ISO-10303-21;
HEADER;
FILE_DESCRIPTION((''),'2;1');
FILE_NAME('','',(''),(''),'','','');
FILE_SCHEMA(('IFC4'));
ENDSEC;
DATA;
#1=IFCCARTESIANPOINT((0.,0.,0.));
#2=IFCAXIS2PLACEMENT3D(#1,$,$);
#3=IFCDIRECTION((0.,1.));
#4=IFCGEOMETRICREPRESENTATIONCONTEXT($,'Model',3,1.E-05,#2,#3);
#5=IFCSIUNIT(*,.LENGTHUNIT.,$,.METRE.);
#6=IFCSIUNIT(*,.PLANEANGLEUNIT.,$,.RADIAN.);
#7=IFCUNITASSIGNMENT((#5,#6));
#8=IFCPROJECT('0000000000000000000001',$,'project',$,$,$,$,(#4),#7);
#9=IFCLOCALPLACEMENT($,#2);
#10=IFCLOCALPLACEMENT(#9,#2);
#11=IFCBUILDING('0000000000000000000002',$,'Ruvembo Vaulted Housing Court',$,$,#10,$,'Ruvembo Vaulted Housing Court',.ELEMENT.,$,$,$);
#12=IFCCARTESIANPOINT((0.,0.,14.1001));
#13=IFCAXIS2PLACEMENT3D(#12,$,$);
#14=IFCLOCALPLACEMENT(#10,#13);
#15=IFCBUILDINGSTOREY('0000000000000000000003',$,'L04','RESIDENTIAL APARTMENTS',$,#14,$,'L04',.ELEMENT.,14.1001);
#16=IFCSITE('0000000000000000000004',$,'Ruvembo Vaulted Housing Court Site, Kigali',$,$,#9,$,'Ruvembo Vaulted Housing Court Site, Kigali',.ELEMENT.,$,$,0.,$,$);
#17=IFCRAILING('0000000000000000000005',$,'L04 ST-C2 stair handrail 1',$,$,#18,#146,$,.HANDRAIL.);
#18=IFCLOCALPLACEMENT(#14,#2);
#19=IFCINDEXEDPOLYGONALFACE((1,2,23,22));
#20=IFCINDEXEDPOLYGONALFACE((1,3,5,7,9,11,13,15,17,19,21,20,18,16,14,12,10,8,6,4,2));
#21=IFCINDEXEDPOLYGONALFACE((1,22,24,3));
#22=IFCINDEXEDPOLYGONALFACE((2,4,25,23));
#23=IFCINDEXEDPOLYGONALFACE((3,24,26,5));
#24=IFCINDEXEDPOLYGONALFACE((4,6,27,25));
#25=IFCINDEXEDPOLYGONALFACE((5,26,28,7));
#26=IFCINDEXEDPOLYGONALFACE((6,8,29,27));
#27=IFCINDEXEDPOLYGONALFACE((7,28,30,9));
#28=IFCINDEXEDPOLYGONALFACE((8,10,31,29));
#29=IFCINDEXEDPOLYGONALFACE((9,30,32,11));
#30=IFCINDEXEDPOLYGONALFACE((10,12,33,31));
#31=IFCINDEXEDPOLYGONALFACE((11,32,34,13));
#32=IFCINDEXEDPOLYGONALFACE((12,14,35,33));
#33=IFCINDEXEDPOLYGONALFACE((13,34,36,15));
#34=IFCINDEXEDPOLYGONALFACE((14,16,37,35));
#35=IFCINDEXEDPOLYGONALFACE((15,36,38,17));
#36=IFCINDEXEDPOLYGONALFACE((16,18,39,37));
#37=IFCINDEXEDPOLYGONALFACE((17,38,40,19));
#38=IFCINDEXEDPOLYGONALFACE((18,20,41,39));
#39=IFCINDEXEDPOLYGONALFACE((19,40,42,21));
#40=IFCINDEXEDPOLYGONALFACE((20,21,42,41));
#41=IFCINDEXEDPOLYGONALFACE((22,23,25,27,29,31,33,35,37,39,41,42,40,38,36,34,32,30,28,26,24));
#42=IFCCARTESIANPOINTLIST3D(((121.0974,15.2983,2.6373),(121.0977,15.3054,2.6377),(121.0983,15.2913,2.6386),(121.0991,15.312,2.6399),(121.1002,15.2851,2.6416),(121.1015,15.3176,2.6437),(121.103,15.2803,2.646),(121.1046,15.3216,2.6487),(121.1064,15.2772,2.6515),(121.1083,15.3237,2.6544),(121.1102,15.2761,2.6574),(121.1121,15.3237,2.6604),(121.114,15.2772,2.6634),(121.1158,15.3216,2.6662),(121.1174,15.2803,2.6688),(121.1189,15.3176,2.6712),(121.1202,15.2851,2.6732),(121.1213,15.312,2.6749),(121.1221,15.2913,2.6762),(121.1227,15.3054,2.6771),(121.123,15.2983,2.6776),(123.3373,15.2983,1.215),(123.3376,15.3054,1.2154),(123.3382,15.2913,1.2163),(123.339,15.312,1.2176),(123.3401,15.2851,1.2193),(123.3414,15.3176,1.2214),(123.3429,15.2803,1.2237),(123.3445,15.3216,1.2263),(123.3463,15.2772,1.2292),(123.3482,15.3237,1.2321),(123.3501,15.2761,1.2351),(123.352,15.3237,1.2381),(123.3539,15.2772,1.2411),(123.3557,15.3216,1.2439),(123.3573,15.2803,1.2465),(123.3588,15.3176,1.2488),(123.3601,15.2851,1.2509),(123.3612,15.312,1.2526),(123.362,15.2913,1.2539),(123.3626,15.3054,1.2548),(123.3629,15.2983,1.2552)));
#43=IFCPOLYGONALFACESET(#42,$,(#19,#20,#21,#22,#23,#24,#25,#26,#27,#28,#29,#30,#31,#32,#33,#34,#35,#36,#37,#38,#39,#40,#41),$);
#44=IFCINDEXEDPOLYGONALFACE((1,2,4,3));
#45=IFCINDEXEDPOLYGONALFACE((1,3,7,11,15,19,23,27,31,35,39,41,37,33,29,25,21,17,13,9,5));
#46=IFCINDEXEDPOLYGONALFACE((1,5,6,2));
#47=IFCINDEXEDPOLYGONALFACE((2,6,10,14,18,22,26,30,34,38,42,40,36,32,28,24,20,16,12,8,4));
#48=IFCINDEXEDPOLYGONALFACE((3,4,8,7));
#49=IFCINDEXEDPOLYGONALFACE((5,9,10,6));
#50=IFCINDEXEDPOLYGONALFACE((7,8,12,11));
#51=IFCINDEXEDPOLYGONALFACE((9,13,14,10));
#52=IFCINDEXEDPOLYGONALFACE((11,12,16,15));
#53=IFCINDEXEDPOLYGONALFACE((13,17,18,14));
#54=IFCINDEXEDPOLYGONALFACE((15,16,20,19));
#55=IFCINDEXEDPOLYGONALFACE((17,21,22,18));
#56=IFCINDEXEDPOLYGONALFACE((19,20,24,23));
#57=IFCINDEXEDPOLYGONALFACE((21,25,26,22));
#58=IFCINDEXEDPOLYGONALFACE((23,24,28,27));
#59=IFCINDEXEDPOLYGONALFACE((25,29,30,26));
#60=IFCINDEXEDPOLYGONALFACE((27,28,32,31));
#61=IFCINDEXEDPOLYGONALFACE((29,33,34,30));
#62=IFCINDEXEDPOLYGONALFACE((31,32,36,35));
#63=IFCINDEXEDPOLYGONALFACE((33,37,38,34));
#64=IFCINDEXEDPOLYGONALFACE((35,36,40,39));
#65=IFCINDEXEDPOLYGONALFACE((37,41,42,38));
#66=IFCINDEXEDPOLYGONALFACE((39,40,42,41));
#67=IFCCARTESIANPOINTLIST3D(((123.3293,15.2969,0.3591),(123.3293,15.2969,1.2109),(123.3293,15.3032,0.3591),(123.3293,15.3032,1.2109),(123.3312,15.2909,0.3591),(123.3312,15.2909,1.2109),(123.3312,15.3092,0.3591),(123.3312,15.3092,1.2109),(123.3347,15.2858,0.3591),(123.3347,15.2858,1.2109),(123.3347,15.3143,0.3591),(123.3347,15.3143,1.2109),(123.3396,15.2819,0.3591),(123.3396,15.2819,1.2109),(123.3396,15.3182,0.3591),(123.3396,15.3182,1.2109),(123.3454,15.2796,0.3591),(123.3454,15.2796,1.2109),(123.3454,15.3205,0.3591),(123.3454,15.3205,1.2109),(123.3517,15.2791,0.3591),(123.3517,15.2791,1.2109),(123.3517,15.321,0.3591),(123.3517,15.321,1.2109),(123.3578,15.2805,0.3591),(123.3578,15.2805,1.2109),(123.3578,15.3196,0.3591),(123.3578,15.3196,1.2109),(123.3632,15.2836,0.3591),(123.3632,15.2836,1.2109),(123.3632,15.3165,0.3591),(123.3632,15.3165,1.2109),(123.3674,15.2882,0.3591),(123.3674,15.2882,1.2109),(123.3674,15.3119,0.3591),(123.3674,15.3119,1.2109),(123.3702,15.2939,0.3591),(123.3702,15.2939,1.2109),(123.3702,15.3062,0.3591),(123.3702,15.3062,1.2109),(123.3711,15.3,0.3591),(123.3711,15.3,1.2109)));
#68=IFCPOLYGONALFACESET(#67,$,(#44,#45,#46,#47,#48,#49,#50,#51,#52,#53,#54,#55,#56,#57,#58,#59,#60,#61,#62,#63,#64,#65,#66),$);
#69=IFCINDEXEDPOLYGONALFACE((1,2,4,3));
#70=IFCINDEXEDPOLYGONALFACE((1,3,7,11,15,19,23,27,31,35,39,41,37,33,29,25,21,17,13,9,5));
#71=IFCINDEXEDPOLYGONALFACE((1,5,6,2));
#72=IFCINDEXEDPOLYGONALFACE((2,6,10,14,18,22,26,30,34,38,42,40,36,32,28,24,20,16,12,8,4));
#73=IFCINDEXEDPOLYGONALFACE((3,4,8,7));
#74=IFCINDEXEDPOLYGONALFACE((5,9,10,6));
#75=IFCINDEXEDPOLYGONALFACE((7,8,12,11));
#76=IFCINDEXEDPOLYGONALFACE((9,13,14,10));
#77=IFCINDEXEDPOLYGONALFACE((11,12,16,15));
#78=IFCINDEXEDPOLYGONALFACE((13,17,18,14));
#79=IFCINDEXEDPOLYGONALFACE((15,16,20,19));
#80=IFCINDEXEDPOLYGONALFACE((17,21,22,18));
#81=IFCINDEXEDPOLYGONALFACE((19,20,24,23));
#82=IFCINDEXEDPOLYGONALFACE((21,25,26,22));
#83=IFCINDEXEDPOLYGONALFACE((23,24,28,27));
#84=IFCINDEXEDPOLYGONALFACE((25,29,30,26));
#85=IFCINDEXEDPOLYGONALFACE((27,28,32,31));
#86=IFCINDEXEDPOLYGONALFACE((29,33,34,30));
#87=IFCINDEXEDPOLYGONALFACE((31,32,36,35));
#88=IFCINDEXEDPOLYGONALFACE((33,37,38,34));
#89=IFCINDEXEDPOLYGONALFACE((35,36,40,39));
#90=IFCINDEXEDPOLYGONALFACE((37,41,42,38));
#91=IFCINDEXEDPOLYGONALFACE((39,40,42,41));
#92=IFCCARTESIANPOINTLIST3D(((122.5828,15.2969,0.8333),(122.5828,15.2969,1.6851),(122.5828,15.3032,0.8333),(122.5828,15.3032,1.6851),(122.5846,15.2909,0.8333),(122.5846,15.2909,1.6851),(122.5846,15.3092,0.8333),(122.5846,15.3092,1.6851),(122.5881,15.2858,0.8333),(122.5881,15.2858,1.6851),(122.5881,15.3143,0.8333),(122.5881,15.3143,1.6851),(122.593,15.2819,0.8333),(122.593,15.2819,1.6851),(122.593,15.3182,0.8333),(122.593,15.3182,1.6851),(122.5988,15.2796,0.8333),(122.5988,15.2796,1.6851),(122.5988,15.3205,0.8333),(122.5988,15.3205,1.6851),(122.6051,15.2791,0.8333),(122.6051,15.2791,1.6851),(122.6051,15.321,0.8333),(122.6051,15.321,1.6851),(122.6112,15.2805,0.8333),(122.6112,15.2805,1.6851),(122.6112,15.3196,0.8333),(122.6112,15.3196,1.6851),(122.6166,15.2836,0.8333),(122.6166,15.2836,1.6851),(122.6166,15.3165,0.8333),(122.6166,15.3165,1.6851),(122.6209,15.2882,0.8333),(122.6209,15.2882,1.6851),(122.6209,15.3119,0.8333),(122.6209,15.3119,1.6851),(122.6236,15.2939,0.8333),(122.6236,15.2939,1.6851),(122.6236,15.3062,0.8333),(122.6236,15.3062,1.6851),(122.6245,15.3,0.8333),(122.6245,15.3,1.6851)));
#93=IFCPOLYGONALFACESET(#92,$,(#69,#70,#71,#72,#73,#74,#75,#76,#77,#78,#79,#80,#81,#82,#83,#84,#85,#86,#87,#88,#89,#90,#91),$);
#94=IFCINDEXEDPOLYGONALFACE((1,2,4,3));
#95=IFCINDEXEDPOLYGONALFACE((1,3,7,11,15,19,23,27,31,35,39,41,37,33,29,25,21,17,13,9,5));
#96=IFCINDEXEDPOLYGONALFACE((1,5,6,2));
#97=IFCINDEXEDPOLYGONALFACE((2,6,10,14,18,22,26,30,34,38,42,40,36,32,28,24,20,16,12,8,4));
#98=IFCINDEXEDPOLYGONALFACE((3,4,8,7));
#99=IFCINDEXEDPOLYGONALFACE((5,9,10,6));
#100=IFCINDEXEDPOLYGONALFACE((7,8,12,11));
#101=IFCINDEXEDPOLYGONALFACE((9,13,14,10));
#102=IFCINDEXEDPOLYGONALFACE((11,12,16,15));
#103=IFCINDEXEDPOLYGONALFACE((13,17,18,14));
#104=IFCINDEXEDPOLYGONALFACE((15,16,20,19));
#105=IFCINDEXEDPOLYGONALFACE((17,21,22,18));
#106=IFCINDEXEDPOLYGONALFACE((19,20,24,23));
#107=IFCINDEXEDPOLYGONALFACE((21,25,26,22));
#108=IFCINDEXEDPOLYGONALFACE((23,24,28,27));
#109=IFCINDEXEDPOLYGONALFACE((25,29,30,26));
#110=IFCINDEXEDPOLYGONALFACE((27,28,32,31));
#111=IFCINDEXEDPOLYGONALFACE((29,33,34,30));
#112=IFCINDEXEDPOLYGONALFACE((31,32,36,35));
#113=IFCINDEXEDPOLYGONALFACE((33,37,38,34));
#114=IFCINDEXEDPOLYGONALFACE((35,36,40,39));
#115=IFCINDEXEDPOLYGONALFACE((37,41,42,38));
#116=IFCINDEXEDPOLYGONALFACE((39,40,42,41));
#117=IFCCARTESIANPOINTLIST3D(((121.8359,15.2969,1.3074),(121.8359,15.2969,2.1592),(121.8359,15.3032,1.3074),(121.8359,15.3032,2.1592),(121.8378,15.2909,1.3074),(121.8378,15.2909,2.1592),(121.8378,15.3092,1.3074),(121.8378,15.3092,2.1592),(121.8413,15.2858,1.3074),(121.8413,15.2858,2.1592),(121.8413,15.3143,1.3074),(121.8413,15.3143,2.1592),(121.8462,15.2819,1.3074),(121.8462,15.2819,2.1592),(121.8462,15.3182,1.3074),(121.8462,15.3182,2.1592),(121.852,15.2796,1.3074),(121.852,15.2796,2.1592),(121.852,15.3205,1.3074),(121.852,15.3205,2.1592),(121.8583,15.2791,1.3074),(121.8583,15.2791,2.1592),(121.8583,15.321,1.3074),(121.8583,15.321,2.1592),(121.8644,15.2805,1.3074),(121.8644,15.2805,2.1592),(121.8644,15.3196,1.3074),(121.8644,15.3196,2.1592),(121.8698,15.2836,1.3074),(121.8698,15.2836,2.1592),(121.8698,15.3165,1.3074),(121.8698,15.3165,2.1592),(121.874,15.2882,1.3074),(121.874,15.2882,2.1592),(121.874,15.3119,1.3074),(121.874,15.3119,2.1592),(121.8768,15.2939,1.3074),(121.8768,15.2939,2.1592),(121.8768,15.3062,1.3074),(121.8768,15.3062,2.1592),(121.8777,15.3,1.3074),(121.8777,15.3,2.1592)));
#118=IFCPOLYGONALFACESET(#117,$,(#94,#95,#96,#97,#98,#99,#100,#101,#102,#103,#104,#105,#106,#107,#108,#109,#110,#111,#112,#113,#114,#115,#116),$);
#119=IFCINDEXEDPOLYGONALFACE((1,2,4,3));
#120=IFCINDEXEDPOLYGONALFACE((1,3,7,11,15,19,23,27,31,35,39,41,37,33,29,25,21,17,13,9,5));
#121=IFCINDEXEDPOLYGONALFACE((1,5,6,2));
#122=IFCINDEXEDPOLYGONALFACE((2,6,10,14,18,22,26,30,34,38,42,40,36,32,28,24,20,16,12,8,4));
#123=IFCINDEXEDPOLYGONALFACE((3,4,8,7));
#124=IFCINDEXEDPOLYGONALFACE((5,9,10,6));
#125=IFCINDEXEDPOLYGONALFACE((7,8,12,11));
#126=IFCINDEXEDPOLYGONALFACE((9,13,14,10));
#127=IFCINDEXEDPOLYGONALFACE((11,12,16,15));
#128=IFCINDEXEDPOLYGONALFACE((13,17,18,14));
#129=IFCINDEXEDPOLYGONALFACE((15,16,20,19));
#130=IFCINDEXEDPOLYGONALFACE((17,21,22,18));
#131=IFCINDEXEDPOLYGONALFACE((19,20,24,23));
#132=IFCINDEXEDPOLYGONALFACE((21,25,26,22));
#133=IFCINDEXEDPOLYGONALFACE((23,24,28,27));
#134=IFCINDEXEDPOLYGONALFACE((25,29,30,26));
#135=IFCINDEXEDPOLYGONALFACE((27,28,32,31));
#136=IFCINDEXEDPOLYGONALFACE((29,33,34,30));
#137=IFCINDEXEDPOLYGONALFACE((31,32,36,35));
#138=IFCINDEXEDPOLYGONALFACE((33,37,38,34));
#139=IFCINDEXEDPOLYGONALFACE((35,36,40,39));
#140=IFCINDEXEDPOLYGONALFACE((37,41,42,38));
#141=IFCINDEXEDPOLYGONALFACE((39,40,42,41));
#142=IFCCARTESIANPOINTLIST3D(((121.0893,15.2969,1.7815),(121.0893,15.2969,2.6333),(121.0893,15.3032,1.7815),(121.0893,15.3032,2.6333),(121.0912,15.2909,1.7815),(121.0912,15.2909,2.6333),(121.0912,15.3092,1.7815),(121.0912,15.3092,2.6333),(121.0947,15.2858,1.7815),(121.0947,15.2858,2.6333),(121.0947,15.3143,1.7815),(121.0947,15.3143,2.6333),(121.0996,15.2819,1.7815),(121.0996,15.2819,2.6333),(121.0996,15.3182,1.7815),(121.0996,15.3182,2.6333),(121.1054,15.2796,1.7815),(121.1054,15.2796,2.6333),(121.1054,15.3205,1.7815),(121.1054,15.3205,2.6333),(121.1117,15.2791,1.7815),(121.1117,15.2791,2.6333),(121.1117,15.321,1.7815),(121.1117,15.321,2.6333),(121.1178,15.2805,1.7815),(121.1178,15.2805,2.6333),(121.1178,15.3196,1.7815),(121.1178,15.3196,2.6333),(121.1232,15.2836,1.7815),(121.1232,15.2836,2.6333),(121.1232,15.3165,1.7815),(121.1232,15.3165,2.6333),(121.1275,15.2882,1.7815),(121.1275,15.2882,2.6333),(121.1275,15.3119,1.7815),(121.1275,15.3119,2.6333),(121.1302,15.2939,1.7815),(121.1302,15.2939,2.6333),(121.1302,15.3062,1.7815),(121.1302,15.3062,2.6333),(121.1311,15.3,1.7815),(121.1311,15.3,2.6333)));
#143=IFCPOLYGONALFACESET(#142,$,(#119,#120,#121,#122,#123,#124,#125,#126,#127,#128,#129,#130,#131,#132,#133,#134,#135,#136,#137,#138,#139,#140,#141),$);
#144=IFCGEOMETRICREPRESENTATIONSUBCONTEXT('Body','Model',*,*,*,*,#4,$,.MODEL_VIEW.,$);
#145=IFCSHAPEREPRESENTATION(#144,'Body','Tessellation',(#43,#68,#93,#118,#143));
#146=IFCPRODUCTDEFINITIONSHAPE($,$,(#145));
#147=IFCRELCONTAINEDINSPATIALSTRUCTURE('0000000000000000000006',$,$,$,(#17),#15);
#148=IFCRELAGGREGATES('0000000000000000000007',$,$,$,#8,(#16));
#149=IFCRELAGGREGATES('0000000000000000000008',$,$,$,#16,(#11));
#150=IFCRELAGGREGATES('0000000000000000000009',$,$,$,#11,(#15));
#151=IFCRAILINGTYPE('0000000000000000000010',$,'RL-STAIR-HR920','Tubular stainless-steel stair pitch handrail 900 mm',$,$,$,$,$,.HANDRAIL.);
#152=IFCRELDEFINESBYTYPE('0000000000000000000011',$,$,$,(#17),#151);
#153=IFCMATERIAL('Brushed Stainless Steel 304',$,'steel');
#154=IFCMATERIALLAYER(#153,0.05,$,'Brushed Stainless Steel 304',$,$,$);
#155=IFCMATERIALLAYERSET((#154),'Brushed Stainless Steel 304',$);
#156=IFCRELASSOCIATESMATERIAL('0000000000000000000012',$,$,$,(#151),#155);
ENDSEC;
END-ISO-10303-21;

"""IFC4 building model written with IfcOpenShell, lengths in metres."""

from ifc_helpers import new_model, si_unit, direction, frame, origin, origin_2d, place, context, subcontext, project, spatial, circle, extrude, material, layer, layer_set, type_object, element, save


model = new_model("IFC4")

# Units and contexts
model_context = context("Model", 3, precision=1e-05, world=origin(), true_north=direction((0.0, 1.0)))
body_context = subcontext(model_context, "Body", "Model", "MODEL_VIEW")
ifc_project = project(units=[si_unit("LENGTHUNIT", "METRE"), si_unit("PLANEANGLEUNIT", "RADIAN")], contexts=[model_context])

# Site, building, storey
site_placement = place(None, origin())
site = spatial("IfcSite", under=ifc_project, at=site_placement, Name="Ruvembo Vaulted Housing Court Site, Kigali", LongName="Ruvembo Vaulted Housing Court Site, Kigali", CompositionType="ELEMENT", RefElevation=0.0)
building_placement = place(site_placement, origin())
building = spatial("IfcBuilding", under=site, at=building_placement, Name="Ruvembo Vaulted Housing Court", LongName="Ruvembo Vaulted Housing Court", CompositionType="ELEMENT")
storey_placement = place(building_placement, frame((0.0, 0.0, 14.1001)))
storey = spatial("IfcBuildingStorey", under=building, at=storey_placement, Name="L04", Description="RESIDENTIAL APARTMENTS", LongName="L04", CompositionType="ELEMENT", Elevation=14.1001)

# Shared definitions
ifc_material_1 = material(Name="Brushed Stainless Steel 304", Category="steel")

# Railing
ifc_layer_1 = layer(ifc_material_1, 0.05, Name="Brushed Stainless Steel 304")
ifc_layer_set_1 = layer_set([ifc_layer_1], Name="Brushed Stainless Steel 304")
railing_type = type_object("IfcRailingType", Name="RL-STAIR-HR920", Description="Tubular stainless-steel stair pitch handrail 900 mm", PredefinedType="HANDRAIL", material=ifc_layer_set_1)
railing_placement = place(storey_placement, frame((123.3501, 15.3, 0.3591)))
element("IfcRailing", 1, at=railing_placement, inside=storey, type_object=railing_type, Name="L04 ST-C2 stair handrail 1", PredefinedType="HANDRAIL", context=body_context, shape_type="SweptSolid", body=[
    extrude(circle(Radius=0.0239, at=origin_2d()), frame((0.0, 0.0, 0.876), z_axis=(-0.844188, 0.0, 0.536048), x_axis=(0.0, -1.0, 0.0)), (0.0, 0.0, 1.0), 2.6533),
    extrude(circle(Radius=0.021, at=origin_2d()), origin(), (0.0, 0.0, 1.0), 0.8518),
    extrude(circle(Radius=0.021, at=origin_2d()), frame((-0.7466, 0.0, 0.4741)), (0.0, 0.0, 1.0), 0.8518),
    extrude(circle(Radius=0.021, at=origin_2d()), frame((-1.4934, 0.0, 0.9482)), (0.0, 0.0, 1.0), 0.8518),
    extrude(circle(Radius=0.021, at=origin_2d()), frame((-2.24, 0.0, 1.4224)), (0.0, 0.0, 1.0), 0.8518),
])

save(model, "model.ifc")
